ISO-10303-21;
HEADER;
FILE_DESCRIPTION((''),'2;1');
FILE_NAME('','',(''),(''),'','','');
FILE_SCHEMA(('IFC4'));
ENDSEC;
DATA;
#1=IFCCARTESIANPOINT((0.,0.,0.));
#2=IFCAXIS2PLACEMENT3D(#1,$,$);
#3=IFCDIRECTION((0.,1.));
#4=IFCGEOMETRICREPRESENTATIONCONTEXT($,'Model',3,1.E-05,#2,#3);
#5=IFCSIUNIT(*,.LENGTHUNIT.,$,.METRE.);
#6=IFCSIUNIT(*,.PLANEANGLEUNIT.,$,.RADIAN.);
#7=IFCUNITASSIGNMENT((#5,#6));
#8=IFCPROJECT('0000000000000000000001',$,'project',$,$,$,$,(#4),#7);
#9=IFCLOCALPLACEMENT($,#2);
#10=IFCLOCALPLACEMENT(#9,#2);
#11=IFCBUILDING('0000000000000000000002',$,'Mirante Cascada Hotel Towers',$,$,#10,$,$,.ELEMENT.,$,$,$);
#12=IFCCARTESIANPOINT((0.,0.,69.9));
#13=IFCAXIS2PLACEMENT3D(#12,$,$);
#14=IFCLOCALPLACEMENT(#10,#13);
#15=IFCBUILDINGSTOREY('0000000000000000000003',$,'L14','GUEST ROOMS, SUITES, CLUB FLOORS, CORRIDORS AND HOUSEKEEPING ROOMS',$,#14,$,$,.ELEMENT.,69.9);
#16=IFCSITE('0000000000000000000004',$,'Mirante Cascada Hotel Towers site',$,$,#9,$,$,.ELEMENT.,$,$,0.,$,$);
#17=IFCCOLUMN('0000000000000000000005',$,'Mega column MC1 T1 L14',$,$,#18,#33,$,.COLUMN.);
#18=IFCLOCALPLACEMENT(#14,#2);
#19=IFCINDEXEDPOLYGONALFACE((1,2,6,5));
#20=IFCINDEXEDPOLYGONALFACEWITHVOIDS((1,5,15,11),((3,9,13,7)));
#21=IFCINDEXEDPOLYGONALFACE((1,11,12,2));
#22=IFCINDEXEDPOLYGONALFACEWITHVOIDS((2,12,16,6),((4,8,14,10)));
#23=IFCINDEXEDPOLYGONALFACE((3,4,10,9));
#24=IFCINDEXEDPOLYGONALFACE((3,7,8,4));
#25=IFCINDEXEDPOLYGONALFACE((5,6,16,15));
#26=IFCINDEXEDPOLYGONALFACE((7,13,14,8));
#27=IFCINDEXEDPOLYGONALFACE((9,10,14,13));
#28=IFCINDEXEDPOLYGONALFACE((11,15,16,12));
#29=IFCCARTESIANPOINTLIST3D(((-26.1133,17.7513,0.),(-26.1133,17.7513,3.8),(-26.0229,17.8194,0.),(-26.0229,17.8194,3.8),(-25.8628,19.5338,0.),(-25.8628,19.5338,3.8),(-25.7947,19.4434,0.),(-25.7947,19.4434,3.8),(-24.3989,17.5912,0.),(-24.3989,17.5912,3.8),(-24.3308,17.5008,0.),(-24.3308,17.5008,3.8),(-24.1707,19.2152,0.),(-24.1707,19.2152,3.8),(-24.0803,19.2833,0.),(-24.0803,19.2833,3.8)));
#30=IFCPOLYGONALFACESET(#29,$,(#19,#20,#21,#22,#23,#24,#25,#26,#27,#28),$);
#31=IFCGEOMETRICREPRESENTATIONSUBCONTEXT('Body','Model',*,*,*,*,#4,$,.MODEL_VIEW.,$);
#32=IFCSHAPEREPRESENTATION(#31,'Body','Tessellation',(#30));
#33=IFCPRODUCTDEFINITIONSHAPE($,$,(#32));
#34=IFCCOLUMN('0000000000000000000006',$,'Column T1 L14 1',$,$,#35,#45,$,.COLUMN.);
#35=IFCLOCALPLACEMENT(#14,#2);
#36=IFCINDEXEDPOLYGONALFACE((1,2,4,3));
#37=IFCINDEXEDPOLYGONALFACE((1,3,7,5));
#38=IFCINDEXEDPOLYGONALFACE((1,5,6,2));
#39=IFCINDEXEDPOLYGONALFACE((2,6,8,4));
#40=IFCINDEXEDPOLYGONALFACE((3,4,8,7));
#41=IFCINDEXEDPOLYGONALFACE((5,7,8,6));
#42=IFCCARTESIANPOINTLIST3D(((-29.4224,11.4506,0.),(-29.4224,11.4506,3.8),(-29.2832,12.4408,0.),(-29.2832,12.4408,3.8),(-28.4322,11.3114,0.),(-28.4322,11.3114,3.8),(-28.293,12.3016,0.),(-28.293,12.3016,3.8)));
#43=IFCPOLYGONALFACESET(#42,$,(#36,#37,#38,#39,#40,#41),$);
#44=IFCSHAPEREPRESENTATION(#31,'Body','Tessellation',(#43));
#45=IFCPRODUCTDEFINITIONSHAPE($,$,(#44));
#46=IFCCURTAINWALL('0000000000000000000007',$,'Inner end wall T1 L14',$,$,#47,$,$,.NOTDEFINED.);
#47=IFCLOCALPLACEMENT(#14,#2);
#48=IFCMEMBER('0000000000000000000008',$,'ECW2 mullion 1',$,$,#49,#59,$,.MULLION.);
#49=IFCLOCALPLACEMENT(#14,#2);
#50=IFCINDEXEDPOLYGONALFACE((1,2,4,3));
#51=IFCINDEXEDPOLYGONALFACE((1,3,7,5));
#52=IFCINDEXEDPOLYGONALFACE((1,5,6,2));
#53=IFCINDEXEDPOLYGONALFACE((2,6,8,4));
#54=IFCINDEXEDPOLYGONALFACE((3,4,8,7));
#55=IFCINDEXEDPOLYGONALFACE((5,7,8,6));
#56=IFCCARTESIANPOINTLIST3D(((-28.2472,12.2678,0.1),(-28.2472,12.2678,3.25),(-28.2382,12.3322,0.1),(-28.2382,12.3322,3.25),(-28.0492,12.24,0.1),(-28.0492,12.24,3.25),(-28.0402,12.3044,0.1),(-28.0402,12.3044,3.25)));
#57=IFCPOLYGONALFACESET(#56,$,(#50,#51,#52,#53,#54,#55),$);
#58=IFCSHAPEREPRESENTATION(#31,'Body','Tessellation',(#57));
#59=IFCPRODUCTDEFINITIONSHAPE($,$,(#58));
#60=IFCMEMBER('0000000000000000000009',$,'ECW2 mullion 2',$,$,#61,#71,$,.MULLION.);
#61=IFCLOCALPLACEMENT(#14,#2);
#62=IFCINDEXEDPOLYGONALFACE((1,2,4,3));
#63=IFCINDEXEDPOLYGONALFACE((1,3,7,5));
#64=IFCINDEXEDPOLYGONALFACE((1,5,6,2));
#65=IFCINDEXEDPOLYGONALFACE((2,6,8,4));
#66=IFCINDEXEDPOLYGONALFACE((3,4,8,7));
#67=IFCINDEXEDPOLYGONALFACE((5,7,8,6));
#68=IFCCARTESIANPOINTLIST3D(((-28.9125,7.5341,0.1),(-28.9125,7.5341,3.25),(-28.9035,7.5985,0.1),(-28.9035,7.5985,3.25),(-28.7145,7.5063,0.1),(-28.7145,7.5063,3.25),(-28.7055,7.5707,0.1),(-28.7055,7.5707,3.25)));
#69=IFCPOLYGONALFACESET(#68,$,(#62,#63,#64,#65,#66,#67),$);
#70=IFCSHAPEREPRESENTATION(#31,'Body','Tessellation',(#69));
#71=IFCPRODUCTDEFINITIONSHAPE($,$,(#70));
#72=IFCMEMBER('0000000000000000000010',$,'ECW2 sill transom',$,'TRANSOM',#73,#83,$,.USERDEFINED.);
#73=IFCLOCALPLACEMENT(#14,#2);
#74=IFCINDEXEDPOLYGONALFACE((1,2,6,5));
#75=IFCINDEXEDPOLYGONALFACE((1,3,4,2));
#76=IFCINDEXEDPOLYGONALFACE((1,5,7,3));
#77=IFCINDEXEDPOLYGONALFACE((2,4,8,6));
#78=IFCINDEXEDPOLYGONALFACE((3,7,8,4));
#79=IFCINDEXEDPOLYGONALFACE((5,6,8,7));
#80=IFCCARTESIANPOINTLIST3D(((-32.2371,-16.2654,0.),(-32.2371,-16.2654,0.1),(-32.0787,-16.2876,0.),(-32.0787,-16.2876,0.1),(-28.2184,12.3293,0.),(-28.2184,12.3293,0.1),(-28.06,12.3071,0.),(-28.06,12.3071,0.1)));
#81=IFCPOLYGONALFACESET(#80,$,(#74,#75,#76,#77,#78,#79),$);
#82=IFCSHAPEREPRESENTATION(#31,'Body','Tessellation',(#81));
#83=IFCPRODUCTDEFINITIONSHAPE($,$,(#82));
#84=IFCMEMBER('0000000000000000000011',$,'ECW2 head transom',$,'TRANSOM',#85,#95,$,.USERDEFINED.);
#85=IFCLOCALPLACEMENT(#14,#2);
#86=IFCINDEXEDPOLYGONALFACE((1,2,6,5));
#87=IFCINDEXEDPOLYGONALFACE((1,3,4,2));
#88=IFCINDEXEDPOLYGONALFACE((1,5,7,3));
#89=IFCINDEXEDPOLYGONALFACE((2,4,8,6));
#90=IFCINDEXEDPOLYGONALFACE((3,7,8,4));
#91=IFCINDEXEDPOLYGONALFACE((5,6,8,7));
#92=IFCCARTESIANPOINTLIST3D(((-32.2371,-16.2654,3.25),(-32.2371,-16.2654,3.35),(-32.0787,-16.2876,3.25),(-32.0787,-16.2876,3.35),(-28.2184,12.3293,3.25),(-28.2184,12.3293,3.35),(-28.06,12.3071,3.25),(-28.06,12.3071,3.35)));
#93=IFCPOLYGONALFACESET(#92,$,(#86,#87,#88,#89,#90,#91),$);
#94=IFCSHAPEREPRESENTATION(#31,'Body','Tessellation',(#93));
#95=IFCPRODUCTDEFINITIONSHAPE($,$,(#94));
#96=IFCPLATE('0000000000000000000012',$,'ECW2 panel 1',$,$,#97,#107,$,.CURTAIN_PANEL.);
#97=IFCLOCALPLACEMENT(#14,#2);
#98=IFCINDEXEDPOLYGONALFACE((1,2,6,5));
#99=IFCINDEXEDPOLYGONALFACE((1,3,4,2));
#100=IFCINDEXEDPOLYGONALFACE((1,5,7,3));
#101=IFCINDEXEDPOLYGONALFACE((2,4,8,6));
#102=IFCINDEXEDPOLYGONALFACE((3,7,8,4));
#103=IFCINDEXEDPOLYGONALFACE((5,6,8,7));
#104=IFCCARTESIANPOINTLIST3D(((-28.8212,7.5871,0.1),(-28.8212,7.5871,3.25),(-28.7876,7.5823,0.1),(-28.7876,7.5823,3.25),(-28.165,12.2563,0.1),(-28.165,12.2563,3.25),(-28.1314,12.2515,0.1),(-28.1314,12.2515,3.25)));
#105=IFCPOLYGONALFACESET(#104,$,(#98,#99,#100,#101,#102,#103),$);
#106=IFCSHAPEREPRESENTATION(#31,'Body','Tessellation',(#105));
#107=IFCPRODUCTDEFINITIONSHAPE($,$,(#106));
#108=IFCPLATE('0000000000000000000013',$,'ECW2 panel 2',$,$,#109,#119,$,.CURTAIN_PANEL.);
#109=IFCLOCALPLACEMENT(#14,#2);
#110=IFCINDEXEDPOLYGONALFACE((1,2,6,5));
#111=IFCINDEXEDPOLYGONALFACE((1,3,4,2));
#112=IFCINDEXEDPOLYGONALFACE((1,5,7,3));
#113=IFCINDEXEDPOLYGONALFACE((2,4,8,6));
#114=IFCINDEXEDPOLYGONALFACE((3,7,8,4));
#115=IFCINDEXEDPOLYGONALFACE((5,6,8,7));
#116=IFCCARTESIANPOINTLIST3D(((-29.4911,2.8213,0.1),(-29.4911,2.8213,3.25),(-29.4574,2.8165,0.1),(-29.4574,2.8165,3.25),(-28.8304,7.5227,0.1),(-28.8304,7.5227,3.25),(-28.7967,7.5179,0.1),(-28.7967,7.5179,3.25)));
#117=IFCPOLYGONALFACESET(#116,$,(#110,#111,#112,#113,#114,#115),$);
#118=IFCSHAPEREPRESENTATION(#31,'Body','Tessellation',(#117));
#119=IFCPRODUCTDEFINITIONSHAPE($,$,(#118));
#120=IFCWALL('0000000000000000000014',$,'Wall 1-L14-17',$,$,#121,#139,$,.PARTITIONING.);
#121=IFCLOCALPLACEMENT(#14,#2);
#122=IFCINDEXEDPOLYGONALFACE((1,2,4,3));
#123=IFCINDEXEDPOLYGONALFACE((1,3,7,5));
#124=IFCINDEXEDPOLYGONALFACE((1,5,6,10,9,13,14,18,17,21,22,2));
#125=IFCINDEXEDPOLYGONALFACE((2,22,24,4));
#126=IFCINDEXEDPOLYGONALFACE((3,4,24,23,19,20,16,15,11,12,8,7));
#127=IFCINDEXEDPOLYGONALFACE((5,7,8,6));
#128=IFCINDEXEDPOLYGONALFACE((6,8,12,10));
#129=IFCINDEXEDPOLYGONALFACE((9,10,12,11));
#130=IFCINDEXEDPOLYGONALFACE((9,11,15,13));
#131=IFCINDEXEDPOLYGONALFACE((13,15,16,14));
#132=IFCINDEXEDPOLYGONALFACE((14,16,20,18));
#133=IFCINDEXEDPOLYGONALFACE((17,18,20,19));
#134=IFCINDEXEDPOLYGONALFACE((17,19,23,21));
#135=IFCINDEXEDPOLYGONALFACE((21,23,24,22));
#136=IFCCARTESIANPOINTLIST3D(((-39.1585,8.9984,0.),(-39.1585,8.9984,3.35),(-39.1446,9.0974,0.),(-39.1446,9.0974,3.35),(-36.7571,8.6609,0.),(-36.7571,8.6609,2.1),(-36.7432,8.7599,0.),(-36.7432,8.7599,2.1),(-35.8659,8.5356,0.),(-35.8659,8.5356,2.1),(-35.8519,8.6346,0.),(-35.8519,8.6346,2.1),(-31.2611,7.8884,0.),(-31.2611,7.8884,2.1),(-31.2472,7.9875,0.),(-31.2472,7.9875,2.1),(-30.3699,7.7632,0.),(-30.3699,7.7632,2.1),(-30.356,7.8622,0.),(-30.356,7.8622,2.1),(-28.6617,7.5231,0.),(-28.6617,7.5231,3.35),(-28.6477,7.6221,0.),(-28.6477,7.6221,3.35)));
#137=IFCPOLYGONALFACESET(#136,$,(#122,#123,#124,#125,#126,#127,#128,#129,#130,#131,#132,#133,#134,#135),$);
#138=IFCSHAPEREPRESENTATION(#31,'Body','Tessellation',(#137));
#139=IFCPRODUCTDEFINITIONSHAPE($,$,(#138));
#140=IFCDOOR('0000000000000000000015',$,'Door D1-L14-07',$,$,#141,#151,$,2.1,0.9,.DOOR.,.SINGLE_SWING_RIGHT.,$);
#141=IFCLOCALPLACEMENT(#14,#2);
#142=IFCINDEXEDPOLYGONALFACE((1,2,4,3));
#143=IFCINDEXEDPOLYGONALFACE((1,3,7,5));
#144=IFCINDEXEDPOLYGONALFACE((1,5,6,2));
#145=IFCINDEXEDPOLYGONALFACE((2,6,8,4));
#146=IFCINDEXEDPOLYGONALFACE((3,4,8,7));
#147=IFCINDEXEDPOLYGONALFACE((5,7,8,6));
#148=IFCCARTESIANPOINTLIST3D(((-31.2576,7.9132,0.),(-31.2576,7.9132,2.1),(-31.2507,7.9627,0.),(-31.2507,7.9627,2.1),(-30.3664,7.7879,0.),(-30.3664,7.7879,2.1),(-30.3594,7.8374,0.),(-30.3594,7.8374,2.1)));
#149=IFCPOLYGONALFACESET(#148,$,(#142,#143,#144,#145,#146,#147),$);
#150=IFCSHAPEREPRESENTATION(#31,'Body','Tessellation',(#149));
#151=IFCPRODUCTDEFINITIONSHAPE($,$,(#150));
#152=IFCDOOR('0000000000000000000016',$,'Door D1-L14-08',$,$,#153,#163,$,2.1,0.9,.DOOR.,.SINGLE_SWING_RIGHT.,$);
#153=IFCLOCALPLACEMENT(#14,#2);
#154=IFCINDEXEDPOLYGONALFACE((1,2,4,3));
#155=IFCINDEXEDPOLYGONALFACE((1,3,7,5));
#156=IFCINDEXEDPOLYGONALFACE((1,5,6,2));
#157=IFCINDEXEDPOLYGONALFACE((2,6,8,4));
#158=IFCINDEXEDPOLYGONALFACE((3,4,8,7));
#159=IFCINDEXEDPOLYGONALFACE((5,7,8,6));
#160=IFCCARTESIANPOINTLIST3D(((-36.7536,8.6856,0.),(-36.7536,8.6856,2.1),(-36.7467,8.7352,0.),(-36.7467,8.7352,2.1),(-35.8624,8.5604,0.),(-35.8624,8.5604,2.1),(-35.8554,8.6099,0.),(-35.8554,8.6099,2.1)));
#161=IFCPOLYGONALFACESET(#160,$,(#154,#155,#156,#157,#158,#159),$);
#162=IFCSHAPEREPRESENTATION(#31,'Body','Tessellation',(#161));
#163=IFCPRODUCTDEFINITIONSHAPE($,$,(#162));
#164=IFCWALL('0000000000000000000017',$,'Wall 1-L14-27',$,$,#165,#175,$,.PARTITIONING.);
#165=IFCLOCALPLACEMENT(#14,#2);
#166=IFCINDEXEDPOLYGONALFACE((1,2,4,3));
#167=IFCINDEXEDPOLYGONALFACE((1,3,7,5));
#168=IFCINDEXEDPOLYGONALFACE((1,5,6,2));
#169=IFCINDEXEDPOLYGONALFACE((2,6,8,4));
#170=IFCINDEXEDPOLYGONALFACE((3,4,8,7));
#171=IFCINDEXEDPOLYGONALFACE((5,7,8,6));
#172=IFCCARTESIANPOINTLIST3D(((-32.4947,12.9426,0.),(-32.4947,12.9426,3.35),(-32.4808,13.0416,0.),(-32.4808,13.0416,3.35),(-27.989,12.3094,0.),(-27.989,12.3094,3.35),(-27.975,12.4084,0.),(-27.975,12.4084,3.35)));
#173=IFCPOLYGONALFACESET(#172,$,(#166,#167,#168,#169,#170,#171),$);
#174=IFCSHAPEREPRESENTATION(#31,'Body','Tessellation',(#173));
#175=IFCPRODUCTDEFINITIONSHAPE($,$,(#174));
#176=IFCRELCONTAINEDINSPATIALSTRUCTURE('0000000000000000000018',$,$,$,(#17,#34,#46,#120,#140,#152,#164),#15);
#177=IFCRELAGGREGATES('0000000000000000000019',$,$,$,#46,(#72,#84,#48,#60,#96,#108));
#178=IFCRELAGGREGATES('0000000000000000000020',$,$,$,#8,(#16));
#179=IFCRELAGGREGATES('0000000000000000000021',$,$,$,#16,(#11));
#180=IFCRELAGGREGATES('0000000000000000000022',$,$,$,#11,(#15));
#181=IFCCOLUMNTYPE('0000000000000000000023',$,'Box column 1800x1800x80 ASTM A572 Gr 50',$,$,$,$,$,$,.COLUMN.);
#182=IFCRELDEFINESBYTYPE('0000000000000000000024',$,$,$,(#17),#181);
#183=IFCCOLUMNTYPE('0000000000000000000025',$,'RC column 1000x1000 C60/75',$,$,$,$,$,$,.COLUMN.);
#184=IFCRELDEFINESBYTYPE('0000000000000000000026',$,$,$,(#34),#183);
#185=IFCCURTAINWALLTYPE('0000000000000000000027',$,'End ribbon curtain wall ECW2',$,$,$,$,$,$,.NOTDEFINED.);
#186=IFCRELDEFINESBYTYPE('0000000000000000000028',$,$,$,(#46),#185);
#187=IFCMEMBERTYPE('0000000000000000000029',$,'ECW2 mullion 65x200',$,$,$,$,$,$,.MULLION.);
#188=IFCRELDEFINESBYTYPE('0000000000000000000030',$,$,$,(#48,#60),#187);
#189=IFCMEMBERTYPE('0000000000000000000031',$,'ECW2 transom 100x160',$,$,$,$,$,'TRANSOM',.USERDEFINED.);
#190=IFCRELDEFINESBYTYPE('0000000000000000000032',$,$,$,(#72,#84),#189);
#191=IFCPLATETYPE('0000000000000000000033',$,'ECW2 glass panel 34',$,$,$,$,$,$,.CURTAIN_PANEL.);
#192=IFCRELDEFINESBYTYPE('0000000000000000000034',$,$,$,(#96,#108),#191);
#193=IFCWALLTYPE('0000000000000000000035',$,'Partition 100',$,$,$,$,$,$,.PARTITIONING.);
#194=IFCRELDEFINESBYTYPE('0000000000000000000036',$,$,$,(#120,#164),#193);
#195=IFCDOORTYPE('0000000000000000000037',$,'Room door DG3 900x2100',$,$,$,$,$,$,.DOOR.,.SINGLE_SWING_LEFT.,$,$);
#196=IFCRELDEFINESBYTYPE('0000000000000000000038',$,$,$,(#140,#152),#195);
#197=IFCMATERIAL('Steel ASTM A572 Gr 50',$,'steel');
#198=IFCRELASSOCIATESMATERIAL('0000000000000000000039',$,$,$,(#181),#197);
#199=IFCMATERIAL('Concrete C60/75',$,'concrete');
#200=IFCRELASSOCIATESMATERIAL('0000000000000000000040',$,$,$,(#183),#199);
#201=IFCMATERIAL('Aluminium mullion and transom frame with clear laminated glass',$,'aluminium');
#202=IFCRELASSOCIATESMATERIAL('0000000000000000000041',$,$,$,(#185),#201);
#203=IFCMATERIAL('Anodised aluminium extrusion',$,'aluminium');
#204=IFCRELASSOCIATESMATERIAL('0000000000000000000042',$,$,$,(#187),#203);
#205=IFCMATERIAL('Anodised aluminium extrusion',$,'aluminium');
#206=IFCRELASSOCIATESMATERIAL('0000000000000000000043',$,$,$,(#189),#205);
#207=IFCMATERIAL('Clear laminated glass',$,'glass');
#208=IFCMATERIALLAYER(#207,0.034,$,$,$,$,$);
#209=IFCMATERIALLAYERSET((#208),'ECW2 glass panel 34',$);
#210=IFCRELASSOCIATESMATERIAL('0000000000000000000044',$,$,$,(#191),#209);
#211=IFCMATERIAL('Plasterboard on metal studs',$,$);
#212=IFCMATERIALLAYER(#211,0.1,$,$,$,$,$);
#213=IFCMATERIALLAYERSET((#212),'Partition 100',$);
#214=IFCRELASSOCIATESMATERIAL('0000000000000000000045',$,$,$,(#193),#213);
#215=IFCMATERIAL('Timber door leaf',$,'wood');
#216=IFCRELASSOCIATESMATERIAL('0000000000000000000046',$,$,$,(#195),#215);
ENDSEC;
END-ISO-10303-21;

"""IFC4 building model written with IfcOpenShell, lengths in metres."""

from ifc_helpers import new_model, si_unit, direction, frame, frame_2d, origin, origin_2d, place, context, subcontext, project, spatial, rectangle, hollow_rectangle, extrude, material, layer, layer_set, material_profile, profile_set, type_object, element, fill, aggregate, save


model = new_model("IFC4")

# Units and contexts
model_context = context("Model", 3, precision=1e-05, world=origin(), true_north=direction((0.0, 1.0)))
body_context = subcontext(model_context, "Body", "Model", "MODEL_VIEW")
ifc_project = project(units=[si_unit("LENGTHUNIT", "METRE"), si_unit("PLANEANGLEUNIT", "RADIAN")], contexts=[model_context])

# Site, building, storey
site_placement = place(None, origin())
site = spatial("IfcSite", under=ifc_project, at=site_placement, Name="Mirante Cascada Hotel Towers site", CompositionType="ELEMENT", RefElevation=0.0)
building_placement = place(site_placement, origin())
building = spatial("IfcBuilding", under=site, at=building_placement, Name="Mirante Cascada Hotel Towers", CompositionType="ELEMENT")
storey_placement = place(building_placement, frame((0.0, 0.0, 69.9)))
storey = spatial("IfcBuildingStorey", under=building, at=storey_placement, Name="L14", Description="GUEST ROOMS, SUITES, CLUB FLOORS, CORRIDORS AND HOUSEKEEPING ROOMS", CompositionType="ELEMENT", Elevation=69.9)

# Columns
ifc_material_1 = material(Name="Steel ASTM A572 Gr 50", Category="steel")
ifc_material_profile_1 = material_profile(ifc_material_1, hollow_rectangle(XDim=1.8, YDim=1.8, WallThickness=0.08, at=origin_2d()), Name="Box column 1800x1800x80 ASTM A572 Gr 50")
ifc_profile_set_1 = profile_set([ifc_material_profile_1], Name="Steel ASTM A572 Gr 50")
column_type_1 = type_object("IfcColumnType", Name="Box column 1800x1800x80 ASTM A572 Gr 50", PredefinedType="COLUMN", material=ifc_profile_set_1)
column_1_placement = place(storey_placement, frame((-25.0968, 18.5173, 0.0), z_axis=(0.0, 0.0, 1.0), x_axis=(-0.990268, 0.139173, 0.0)))
element("IfcColumn", 1, at=column_1_placement, inside=storey, type_object=column_type_1, Name="Mega column MC1 T1 L14", PredefinedType="COLUMN", context=body_context, shape_type="SweptSolid", body=[
    extrude(hollow_rectangle(XDim=1.8, YDim=1.8, WallThickness=0.08, at=origin_2d()), origin(), (0.0, 0.0, 1.0), 3.8),
])
ifc_material_2 = material(Name="Concrete C60/75", Category="concrete")
ifc_material_profile_2 = material_profile(ifc_material_2, rectangle(XDim=1.0, YDim=1.0, at=origin_2d()), Name="RC column 1000x1000 C60/75")
ifc_profile_set_2 = profile_set([ifc_material_profile_2], Name="Concrete C60/75")
column_type_2 = type_object("IfcColumnType", Name="RC column 1000x1000 C60/75", PredefinedType="COLUMN", material=ifc_profile_set_2)
column_2_placement = place(storey_placement, frame((-28.8577, 11.8761, 0.0), z_axis=(0.0, 0.0, 1.0), x_axis=(-0.990268, 0.139173, 0.0)))
element("IfcColumn", 2, at=column_2_placement, inside=storey, type_object=column_type_2, Name="Column T1 L14 1", PredefinedType="COLUMN", context=body_context, shape_type="SweptSolid", body=[
    extrude(rectangle(XDim=1.0, YDim=1.0, at=origin_2d()), origin(), (0.0, 0.0, 1.0), 3.8),
])

# Curtain wall, members, plates
ifc_material_3 = material(Name="Aluminium mullion and transom frame with clear laminated glass", Category="aluminium")
curtain_wall_type = type_object("IfcCurtainWallType", Name="End ribbon curtain wall ECW2", PredefinedType="NOTDEFINED", material=ifc_material_3)
curtain_wall_placement = place(storey_placement, origin())
curtain_wall = element("IfcCurtainWall", 3, at=curtain_wall_placement, inside=storey, type_object=curtain_wall_type, Name="Inner end wall T1 L14", PredefinedType="NOTDEFINED")
ifc_material_4 = material(Name="Anodised aluminium extrusion", Category="aluminium")
ifc_material_profile_3 = material_profile(ifc_material_4, rectangle(XDim=0.2, YDim=0.065, at=origin_2d()), Name="ECW2 MULLION 65x200")
ifc_profile_set_3 = profile_set([ifc_material_profile_3], Name="Anodised aluminium extrusion")
member_type_1 = type_object("IfcMemberType", Name="ECW2 mullion 65x200", PredefinedType="MULLION", material=ifc_profile_set_3)
member_1_placement = place(storey_placement, frame((-28.1437, 12.2861, 0.1), z_axis=(0.0, 0.0, 1.0), x_axis=(0.990268, -0.139173, 0.0)))
member_1 = element("IfcMember", 4, at=member_1_placement, type_object=member_type_1, Name="ECW2 mullion 1", PredefinedType="MULLION", context=body_context, shape_type="SweptSolid", body=[
    extrude(rectangle(XDim=0.2, YDim=0.065, at=origin_2d()), origin(), (0.0, 0.0, 1.0), 3.15),
])
member_2_placement = place(storey_placement, frame((-28.809, 7.5524, 0.1), z_axis=(0.0, 0.0, 1.0), x_axis=(0.990268, -0.139173, 0.0)))
member_2 = element("IfcMember", 5, at=member_2_placement, type_object=member_type_1, Name="ECW2 mullion 2", PredefinedType="MULLION", context=body_context, shape_type="SweptSolid", body=[
    extrude(rectangle(XDim=0.2, YDim=0.065, at=origin_2d()), origin(), (0.0, 0.0, 1.0), 3.15),
])
ifc_material_5 = material(Name="Anodised aluminium extrusion", Category="aluminium")
ifc_material_profile_4 = material_profile(ifc_material_5, rectangle(XDim=0.16, YDim=0.1, at=origin_2d()), Name="ECW2 TRANSOM 100x160")
ifc_profile_set_4 = profile_set([ifc_material_profile_4], Name="Anodised aluminium extrusion")
member_type_2 = type_object("IfcMemberType", Name="ECW2 transom 100x160", ElementType="TRANSOM", PredefinedType="USERDEFINED", material=ifc_profile_set_4)
member_3_placement = place(storey_placement, frame((-28.1392, 12.3182, 0.05), z_axis=(-0.139172, -0.990268, 0.0), x_axis=(0.990268, -0.139172, 0.0)))
member_3 = element("IfcMember", 6, at=member_3_placement, type_object=member_type_2, Name="ECW2 sill transom", ObjectType="TRANSOM", PredefinedType="USERDEFINED", context=body_context, shape_type="SweptSolid", body=[
    extrude(rectangle(XDim=0.16, YDim=0.1, at=origin_2d()), origin(), (0.0, 0.0, 1.0), 28.8757),
])
member_4_placement = place(storey_placement, frame((-28.1392, 12.3182, 3.3), z_axis=(-0.139172, -0.990268, 0.0), x_axis=(0.990268, -0.139172, 0.0)))
member_4 = element("IfcMember", 7, at=member_4_placement, type_object=member_type_2, Name="ECW2 head transom", ObjectType="TRANSOM", PredefinedType="USERDEFINED", context=body_context, shape_type="SweptSolid", body=[
    extrude(rectangle(XDim=0.16, YDim=0.1, at=origin_2d()), origin(), (0.0, 0.0, 1.0), 28.8757),
])
ifc_material_6 = material(Name="Clear laminated glass", Category="glass")
ifc_layer_1 = layer(ifc_material_6, 0.034)
ifc_layer_set_1 = layer_set([ifc_layer_1], Name="ECW2 glass panel 34")
plate_type = type_object("IfcPlateType", Name="ECW2 glass panel 34", PredefinedType="CURTAIN_PANEL", material=ifc_layer_set_1)
plate_1_placement = place(storey_placement, frame((-28.4763, 9.9193, 0.1), z_axis=(0.0, 0.0, 1.0), x_axis=(-0.139173, -0.990268, 0.0)))
plate_1 = element("IfcPlate", 8, at=plate_1_placement, type_object=plate_type, Name="ECW2 panel 1", PredefinedType="CURTAIN_PANEL", context=body_context, shape_type="SweptSolid", body=[
    extrude(rectangle(XDim=4.7151, YDim=0.034, at=origin_2d()), origin(), (0.0, 0.0, 1.0), 3.15),
])
plate_2_placement = place(storey_placement, frame((-29.1439, 5.1696, 0.1), z_axis=(0.0, 0.0, 1.0), x_axis=(-0.139173, -0.990268, 0.0)))
plate_2 = element("IfcPlate", 9, at=plate_2_placement, type_object=plate_type, Name="ECW2 panel 2", PredefinedType="CURTAIN_PANEL", context=body_context, shape_type="SweptSolid", body=[
    extrude(rectangle(XDim=4.7476, YDim=0.034, at=origin_2d()), origin(), (0.0, 0.0, 1.0), 3.15),
])
aggregate(curtain_wall, [member_3, member_4, member_1, member_2, plate_1, plate_2])

# Wall, openings, doors
ifc_material_7 = material(Name="Plasterboard on metal studs")
ifc_layer_2 = layer(ifc_material_7, 0.1)
ifc_layer_set_2 = layer_set([ifc_layer_2], Name="Partition 100")
wall_type = type_object("IfcWallType", Name="Partition 100", PredefinedType="PARTITIONING", material=ifc_layer_set_2)
wall_1_placement = place(storey_placement, frame((-28.6547, 7.5726, 0.0), z_axis=(0.0, 0.0, 1.0), x_axis=(-0.990267, 0.13918, 0.0)))
wall_1 = element("IfcWall", 10, at=wall_1_placement, inside=storey, type_object=wall_type, Name="Wall 1-L14-17", PredefinedType="PARTITIONING", context=body_context, shape_type="SweptSolid", body=[
    extrude(rectangle(XDim=10.6, YDim=0.1, at=frame_2d((5.3, 0.0))), origin(), (0.0, 0.0, 1.0), 3.35),
])
opening_1_placement = place(wall_1_placement, frame((1.725, 0.0, 0.0)))
opening_1 = element("IfcOpeningElement", 11, at=opening_1_placement, cuts=wall_1, PredefinedType="OPENING", context=body_context, shape_type="SweptSolid", body=[
    extrude(rectangle(XDim=0.9, YDim=2.1, at=frame_2d((0.45, 1.05))), frame((0.0, 0.05, 0.0), z_axis=(0.0, -1.0, 0.0), x_axis=(1.0, 0.0, 0.0)), (0.0, 0.0, 1.0), 0.1),
])
opening_2_placement = place(wall_1_placement, frame((7.275, 0.0, 0.0)))
opening_2 = element("IfcOpeningElement", 12, at=opening_2_placement, cuts=wall_1, PredefinedType="OPENING", context=body_context, shape_type="SweptSolid", body=[
    extrude(rectangle(XDim=0.9, YDim=2.1, at=frame_2d((0.45, 1.05))), frame((0.0, 0.05, 0.0), z_axis=(0.0, -1.0, 0.0), x_axis=(1.0, 0.0, 0.0)), (0.0, 0.0, 1.0), 0.1),
])
ifc_material_8 = material(Name="Timber door leaf", Category="wood")
door_type = type_object("IfcDoorType", Name="Room door DG3 900x2100", OperationType="SINGLE_SWING_LEFT", PredefinedType="DOOR", material=ifc_material_8)
door_1_placement = place(opening_1_placement, frame((0.9, 0.0, 0.0), z_axis=(0.0, 0.0, 1.0), x_axis=(-1.0, 0.0, 0.0)))
door_1 = element("IfcDoor", 13, at=door_1_placement, inside=storey, type_object=door_type, Name="Door D1-L14-07", OperationType="SINGLE_SWING_RIGHT", OverallHeight=2.1, OverallWidth=0.9, PredefinedType="DOOR", context=body_context, shape_type="SweptSolid", body=[
    extrude(rectangle(XDim=0.9, YDim=2.1, at=frame_2d((0.45, 1.05))), frame((0.0, 0.025, 0.0), z_axis=(0.0, -1.0, 0.0), x_axis=(1.0, 0.0, 0.0)), (0.0, 0.0, 1.0), 0.05),
])
fill(opening_1, door_1)
door_2_placement = place(opening_2_placement, frame((0.9, 0.0, 0.0), z_axis=(0.0, 0.0, 1.0), x_axis=(-1.0, 0.0, 0.0)))
door_2 = element("IfcDoor", 14, at=door_2_placement, inside=storey, type_object=door_type, Name="Door D1-L14-08", OperationType="SINGLE_SWING_RIGHT", OverallHeight=2.1, OverallWidth=0.9, PredefinedType="DOOR", context=body_context, shape_type="SweptSolid", body=[
    extrude(rectangle(XDim=0.9, YDim=2.1, at=frame_2d((0.45, 1.05))), frame((0.0, 0.025, 0.0), z_axis=(0.0, -1.0, 0.0), x_axis=(1.0, 0.0, 0.0)), (0.0, 0.0, 1.0), 0.05),
])
fill(opening_2, door_2)

# Wall
wall_2_placement = place(storey_placement, frame((-27.982, 12.3589, 0.0), z_axis=(0.0, 0.0, 1.0), x_axis=(-0.990269, 0.139166, 0.0)))
element("IfcWall", 15, at=wall_2_placement, inside=storey, type_object=wall_type, Name="Wall 1-L14-27", PredefinedType="PARTITIONING", context=body_context, shape_type="SweptSolid", body=[
    extrude(rectangle(XDim=4.55, YDim=0.1, at=frame_2d((2.275, 0.0))), origin(), (0.0, 0.0, 1.0), 3.35),
])

save(model, "model.ifc")
